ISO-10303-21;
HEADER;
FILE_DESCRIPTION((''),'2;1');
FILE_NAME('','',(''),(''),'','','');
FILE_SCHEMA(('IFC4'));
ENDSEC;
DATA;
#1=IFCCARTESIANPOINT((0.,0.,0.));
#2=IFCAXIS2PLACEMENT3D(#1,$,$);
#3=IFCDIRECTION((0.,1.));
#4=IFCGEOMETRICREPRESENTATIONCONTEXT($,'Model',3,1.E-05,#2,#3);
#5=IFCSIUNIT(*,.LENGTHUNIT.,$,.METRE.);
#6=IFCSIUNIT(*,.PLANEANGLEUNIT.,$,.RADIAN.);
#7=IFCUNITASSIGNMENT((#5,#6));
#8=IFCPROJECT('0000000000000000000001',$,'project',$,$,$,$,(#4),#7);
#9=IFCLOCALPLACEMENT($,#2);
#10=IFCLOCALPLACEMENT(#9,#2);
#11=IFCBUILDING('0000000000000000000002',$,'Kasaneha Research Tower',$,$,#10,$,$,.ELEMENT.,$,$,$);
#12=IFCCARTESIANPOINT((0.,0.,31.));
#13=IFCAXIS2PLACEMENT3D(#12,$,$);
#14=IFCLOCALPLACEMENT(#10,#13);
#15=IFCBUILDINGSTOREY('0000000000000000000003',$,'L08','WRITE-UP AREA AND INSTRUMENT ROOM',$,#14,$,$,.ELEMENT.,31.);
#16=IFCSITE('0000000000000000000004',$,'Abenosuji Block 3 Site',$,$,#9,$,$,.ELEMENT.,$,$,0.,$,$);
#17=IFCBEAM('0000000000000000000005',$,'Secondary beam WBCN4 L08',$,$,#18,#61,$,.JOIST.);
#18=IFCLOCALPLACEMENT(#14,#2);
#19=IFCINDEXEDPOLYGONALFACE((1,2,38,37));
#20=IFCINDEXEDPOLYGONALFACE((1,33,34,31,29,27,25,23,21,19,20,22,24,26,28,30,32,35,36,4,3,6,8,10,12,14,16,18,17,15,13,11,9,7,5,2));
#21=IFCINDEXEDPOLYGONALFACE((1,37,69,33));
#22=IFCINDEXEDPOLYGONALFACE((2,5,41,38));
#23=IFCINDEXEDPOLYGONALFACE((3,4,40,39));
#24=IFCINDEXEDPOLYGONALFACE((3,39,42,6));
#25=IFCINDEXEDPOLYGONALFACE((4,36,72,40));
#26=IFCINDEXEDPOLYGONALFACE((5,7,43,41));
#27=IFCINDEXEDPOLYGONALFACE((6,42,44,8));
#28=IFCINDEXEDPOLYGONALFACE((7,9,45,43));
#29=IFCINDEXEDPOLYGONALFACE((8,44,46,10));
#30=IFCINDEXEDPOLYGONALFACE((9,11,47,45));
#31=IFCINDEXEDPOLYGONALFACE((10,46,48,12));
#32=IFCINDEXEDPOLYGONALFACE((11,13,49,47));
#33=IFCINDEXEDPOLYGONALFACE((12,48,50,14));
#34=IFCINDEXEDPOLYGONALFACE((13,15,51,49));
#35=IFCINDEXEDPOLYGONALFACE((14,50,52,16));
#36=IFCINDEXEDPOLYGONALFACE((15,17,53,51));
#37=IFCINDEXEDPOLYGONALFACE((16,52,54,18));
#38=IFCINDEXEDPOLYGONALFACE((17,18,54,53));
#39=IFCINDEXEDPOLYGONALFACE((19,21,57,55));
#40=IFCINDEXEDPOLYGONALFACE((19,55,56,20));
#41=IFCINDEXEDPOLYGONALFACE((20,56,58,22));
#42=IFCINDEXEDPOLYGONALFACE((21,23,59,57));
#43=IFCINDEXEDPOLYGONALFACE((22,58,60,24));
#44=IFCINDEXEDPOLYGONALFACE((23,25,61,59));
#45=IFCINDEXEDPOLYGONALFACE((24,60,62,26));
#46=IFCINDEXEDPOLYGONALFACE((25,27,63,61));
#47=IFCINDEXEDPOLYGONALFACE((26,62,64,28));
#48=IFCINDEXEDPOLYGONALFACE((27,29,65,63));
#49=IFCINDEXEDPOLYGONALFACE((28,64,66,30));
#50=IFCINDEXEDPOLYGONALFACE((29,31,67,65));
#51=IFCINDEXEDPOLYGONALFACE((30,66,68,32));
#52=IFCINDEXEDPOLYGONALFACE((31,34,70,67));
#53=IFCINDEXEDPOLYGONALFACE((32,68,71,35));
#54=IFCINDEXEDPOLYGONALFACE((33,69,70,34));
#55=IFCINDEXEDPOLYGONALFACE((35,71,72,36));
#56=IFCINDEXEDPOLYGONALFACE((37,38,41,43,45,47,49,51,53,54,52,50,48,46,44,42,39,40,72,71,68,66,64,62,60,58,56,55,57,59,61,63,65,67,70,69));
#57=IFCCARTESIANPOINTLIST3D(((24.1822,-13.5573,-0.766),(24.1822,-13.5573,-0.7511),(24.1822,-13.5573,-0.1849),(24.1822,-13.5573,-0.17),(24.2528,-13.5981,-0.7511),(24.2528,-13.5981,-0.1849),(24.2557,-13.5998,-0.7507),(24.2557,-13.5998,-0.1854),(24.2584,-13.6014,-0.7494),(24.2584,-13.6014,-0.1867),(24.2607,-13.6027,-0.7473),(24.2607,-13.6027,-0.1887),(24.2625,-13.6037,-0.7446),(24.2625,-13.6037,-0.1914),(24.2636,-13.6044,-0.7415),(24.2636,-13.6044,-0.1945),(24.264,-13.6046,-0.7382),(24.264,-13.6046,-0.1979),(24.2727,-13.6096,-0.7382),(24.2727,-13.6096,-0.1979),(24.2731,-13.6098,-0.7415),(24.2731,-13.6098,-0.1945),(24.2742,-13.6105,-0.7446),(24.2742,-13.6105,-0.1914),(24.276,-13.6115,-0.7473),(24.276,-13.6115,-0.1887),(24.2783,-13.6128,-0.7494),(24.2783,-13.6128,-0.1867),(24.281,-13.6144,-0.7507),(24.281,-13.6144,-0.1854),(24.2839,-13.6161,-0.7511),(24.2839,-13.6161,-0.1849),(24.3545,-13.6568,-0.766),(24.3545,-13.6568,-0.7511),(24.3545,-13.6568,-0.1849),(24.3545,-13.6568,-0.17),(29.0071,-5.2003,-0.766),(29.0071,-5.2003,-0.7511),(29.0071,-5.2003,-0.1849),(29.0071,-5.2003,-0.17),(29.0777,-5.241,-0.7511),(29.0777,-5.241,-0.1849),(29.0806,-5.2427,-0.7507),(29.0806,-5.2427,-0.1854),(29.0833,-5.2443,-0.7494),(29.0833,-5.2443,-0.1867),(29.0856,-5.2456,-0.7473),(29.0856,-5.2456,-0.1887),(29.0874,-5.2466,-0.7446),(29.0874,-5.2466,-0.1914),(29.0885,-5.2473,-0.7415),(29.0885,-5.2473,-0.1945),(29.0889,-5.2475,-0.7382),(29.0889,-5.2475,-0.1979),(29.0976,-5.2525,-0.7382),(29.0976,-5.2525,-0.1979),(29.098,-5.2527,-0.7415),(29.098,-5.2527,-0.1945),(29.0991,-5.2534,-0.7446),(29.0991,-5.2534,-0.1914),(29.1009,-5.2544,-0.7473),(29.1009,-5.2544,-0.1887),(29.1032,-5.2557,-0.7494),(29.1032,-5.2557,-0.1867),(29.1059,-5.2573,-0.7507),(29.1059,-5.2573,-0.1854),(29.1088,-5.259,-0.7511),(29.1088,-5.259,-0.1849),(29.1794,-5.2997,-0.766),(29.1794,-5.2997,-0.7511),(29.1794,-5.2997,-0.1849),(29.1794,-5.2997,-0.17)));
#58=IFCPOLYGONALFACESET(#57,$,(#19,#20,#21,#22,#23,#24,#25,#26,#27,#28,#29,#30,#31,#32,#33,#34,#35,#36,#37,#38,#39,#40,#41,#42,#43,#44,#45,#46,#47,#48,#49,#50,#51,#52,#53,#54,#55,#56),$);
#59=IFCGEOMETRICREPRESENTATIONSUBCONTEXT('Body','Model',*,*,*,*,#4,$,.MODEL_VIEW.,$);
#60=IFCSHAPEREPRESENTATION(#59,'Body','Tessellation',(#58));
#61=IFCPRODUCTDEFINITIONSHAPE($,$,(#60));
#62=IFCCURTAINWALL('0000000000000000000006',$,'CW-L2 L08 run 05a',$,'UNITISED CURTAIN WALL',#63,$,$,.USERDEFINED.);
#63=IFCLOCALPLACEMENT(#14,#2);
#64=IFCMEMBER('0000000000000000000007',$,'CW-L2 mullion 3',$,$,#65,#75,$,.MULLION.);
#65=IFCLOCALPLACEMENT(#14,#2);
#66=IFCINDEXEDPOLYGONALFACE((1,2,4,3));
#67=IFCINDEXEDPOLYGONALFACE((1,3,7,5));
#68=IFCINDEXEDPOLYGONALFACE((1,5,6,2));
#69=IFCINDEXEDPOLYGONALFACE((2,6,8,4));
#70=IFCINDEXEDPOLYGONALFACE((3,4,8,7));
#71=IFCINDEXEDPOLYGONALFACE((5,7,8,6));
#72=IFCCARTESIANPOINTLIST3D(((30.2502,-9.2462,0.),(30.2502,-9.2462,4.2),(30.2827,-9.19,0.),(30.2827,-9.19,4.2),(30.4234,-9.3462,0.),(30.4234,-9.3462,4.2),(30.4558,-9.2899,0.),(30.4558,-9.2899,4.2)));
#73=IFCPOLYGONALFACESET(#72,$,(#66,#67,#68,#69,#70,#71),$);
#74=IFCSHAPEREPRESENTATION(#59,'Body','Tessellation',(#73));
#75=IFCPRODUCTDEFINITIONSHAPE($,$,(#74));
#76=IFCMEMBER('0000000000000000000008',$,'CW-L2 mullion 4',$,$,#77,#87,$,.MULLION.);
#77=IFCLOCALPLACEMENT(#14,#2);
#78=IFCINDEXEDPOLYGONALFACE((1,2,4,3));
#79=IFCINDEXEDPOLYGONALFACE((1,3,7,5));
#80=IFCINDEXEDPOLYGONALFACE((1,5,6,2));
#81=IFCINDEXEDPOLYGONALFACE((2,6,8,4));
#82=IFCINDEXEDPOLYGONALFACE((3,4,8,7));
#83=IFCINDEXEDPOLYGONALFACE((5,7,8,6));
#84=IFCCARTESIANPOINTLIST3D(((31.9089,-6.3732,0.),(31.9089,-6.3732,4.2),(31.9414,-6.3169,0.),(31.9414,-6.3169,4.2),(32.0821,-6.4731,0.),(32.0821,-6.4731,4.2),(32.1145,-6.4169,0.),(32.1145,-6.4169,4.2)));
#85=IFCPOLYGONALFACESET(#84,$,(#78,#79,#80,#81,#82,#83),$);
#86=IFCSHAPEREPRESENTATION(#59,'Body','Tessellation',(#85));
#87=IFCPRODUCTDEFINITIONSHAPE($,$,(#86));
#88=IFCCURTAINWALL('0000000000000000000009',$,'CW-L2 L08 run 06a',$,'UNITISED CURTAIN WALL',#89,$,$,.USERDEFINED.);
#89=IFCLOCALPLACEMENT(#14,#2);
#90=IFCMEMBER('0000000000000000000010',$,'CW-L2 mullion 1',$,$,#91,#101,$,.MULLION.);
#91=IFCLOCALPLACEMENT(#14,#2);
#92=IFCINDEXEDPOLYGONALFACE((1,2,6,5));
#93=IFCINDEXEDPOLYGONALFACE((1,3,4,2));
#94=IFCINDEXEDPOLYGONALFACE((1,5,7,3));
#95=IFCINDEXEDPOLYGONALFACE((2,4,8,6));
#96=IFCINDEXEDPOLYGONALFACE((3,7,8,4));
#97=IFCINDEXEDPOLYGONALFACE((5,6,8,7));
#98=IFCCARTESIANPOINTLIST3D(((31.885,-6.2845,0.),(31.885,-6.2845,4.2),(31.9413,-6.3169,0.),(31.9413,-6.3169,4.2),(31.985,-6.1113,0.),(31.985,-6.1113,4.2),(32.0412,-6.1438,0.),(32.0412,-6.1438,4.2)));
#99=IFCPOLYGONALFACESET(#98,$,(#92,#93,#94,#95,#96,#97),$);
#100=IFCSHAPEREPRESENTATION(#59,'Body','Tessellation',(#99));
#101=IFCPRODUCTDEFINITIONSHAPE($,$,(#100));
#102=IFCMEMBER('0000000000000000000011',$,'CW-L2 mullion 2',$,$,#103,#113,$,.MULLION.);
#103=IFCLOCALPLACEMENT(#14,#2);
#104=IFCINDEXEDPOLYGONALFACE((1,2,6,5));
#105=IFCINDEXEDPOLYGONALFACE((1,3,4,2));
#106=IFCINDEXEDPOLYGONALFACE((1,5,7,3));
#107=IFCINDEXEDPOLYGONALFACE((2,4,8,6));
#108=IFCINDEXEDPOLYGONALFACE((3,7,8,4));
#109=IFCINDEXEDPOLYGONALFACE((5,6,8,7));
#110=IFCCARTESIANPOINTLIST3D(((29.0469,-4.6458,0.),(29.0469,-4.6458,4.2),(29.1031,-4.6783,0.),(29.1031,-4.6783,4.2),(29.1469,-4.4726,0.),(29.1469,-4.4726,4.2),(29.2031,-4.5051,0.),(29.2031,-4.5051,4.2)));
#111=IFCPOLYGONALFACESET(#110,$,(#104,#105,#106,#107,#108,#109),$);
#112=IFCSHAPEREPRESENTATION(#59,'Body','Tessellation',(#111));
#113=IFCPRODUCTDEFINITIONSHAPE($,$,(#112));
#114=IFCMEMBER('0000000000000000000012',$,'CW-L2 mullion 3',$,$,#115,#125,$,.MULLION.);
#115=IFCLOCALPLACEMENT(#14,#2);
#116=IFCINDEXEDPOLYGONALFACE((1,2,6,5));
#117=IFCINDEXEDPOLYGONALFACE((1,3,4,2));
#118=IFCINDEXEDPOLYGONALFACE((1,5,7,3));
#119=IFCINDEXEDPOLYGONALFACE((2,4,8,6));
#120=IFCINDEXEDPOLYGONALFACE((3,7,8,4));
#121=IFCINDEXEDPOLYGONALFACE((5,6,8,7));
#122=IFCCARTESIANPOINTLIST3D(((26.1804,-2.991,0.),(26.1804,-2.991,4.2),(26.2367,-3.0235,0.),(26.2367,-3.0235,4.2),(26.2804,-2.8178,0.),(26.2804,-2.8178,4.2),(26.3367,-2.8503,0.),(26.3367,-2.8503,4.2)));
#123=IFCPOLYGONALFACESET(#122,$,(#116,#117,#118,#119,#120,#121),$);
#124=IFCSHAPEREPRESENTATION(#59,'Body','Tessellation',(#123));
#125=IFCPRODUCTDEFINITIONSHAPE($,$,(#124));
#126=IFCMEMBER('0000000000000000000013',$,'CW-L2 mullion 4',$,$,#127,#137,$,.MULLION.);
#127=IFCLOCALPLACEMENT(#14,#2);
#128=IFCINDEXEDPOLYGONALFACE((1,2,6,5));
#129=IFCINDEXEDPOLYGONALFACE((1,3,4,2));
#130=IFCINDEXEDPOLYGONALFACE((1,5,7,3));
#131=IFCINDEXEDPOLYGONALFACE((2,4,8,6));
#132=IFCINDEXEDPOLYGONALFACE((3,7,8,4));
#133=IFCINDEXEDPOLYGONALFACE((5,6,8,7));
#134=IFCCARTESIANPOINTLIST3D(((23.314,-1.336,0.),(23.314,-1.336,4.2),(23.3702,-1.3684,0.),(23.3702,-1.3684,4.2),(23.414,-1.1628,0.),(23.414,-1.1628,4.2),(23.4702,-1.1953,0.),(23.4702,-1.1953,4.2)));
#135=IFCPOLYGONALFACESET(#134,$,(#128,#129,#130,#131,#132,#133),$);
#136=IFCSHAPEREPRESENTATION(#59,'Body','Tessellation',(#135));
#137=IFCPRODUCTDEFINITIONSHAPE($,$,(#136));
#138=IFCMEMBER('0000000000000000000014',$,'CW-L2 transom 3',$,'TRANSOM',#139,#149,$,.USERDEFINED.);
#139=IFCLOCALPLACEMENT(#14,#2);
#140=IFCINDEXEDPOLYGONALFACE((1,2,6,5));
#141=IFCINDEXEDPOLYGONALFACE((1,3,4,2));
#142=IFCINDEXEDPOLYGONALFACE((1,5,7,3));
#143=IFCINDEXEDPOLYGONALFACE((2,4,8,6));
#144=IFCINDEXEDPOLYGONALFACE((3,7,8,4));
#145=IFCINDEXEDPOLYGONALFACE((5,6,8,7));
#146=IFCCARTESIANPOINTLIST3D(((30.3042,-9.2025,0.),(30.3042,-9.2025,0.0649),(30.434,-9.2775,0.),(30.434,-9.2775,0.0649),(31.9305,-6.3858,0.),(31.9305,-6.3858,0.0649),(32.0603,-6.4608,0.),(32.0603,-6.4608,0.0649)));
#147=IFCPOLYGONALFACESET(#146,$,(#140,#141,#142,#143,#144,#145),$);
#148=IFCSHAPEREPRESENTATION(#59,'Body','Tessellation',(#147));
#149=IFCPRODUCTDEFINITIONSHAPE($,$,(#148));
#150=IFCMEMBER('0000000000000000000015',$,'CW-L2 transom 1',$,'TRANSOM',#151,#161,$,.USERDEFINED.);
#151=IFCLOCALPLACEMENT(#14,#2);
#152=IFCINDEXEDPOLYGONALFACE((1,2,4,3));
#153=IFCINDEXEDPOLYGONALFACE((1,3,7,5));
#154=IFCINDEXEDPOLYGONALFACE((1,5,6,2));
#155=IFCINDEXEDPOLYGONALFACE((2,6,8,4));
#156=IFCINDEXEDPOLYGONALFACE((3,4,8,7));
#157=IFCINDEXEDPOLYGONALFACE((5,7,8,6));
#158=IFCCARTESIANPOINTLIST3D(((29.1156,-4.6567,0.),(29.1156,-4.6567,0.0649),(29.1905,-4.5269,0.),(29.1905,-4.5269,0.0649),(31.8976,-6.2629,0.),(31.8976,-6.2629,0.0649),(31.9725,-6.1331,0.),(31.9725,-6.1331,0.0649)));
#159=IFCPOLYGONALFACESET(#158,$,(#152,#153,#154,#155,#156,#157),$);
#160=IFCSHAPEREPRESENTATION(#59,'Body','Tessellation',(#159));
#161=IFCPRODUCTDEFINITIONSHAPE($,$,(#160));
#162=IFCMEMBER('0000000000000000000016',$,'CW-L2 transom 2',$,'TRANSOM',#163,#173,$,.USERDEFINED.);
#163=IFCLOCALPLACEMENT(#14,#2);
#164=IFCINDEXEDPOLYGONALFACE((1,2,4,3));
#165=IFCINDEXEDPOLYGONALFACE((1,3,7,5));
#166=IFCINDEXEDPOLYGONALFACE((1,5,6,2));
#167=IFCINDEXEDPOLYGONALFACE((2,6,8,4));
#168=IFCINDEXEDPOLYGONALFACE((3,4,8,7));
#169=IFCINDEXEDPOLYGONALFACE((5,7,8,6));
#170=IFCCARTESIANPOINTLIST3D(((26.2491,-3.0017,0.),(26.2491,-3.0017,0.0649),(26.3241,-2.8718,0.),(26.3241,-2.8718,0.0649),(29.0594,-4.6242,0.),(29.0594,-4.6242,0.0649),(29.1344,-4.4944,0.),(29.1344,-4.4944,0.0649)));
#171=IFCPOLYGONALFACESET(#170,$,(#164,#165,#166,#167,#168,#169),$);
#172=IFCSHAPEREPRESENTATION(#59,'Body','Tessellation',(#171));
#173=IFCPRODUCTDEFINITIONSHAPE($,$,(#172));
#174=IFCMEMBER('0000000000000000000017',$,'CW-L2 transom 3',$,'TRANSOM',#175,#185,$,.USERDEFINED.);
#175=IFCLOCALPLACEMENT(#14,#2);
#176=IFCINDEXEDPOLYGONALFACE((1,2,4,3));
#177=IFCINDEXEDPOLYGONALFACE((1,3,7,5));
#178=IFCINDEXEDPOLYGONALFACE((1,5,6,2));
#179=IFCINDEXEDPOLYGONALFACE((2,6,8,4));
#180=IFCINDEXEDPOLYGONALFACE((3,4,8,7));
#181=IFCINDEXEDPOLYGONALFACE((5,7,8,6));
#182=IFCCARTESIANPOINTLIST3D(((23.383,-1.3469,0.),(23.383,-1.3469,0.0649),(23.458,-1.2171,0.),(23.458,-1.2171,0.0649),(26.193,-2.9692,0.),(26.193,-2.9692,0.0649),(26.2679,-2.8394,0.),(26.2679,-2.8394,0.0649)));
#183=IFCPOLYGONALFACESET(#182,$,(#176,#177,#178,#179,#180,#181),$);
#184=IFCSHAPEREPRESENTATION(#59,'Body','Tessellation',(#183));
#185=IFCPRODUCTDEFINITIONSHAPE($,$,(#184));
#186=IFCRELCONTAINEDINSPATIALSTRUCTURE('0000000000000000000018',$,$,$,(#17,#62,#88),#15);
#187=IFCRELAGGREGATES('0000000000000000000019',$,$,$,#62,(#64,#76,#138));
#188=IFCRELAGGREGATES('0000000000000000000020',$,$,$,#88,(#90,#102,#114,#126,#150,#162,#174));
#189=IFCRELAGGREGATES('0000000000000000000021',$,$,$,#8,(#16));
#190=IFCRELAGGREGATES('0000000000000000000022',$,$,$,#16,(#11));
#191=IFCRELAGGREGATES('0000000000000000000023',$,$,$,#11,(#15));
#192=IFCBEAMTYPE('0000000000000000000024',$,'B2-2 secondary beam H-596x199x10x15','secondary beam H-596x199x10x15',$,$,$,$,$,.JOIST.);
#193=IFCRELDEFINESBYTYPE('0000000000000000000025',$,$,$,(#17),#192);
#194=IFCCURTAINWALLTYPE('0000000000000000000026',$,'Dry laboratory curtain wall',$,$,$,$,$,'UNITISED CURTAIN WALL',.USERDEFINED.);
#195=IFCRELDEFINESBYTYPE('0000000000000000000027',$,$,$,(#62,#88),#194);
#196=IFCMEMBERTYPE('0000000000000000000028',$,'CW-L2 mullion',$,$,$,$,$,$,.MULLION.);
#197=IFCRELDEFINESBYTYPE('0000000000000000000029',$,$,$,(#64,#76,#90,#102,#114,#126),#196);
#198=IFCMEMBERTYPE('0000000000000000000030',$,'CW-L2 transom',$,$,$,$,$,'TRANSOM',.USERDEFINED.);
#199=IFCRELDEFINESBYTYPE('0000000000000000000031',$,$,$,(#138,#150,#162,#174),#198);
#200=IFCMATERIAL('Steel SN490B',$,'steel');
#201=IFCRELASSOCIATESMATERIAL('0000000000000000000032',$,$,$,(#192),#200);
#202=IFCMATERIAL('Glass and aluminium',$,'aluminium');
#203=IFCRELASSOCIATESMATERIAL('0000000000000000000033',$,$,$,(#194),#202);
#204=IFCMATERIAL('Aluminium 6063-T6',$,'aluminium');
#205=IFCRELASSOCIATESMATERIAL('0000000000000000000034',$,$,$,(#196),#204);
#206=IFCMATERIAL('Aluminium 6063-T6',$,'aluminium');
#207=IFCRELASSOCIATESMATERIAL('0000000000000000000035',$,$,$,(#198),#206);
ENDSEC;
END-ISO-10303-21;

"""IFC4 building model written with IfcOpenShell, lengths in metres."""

from ifc_helpers import new_model, si_unit, direction, frame, origin, origin_2d, place, context, subcontext, project, spatial, rectangle, i_section, extrude, material, material_profile, profile_set, type_object, element, aggregate, save


model = new_model("IFC4")

# Units and contexts
model_context = context("Model", 3, precision=1e-05, world=origin(), true_north=direction((0.0, 1.0)))
body_context = subcontext(model_context, "Body", "Model", "MODEL_VIEW")
ifc_project = project(units=[si_unit("LENGTHUNIT", "METRE"), si_unit("PLANEANGLEUNIT", "RADIAN")], contexts=[model_context])

# Site, building, storey
site_placement = place(None, origin())
site = spatial("IfcSite", under=ifc_project, at=site_placement, Name="Abenosuji Block 3 Site", CompositionType="ELEMENT", RefElevation=0.0)
building_placement = place(site_placement, origin())
building = spatial("IfcBuilding", under=site, at=building_placement, Name="Kasaneha Research Tower", CompositionType="ELEMENT")
storey_placement = place(building_placement, frame((0.0, 0.0, 31.0)))
storey = spatial("IfcBuildingStorey", under=building, at=storey_placement, Name="L08", Description="WRITE-UP AREA AND INSTRUMENT ROOM", CompositionType="ELEMENT", Elevation=31.0)

# Beam
ifc_material_1 = material(Name="Steel SN490B", Category="steel")
ifc_material_profile_1 = material_profile(ifc_material_1, i_section(OverallWidth=0.199, OverallDepth=0.5959, WebThickness=0.01, FlangeThickness=0.0149, FilletRadius=0.0129, at=origin_2d()), Name="H-596x199x10x15")
ifc_profile_set_1 = profile_set([ifc_material_profile_1], Name="Steel SN490B")
beam_type_1 = type_object("IfcBeamType", Name="B2-2 secondary beam H-596x199x10x15", Description="secondary beam H-596x199x10x15", PredefinedType="JOIST", material=ifc_profile_set_1)
for number, where, z_axis, x_axis, name in (
    (1, (29.0933, -5.25, -0.468), (-0.499995, -0.866028, 0.0), (0.866028, -0.499995, 0.0), "Secondary beam WBCN4 L08"),
):
    element("IfcBeam", number, at=place(storey_placement, frame(where, z_axis=z_axis, x_axis=x_axis)), inside=storey, type_object=beam_type_1, Name=name, PredefinedType="JOIST", context=body_context, shape_type="SweptSolid", body=[
        extrude(i_section(OverallWidth=0.199, OverallDepth=0.5959, WebThickness=0.01, FlangeThickness=0.0149, FilletRadius=0.0129, at=origin_2d()), origin(), (0.0, 0.0, 1.0), 9.6499),
    ])

# Curtain walls, members
ifc_material_2 = material(Name="Glass and aluminium", Category="aluminium")
curtain_wall_type = type_object("IfcCurtainWallType", Name="Dry laboratory curtain wall", ElementType="UNITISED CURTAIN WALL", PredefinedType="USERDEFINED", material=ifc_material_2)
curtain_wall_1_placement = place(storey_placement, origin())
curtain_wall_1 = element("IfcCurtainWall", 2, at=curtain_wall_1_placement, inside=storey, type_object=curtain_wall_type, Name="CW-L2 L08 run 05a", ObjectType="UNITISED CURTAIN WALL", PredefinedType="USERDEFINED")
ifc_material_3 = material(Name="Aluminium 6063-T6", Category="aluminium")
ifc_material_profile_2 = material_profile(ifc_material_3, rectangle(XDim=0.0649, YDim=0.2, at=origin_2d()), Name="CW-L2 mullion 65x200")
ifc_profile_set_2 = profile_set([ifc_material_profile_2], Name="Aluminium 6063-T6")
member_type_1 = type_object("IfcMemberType", Name="CW-L2 mullion", PredefinedType="MULLION", material=ifc_profile_set_2)
member_1_placement = place(storey_placement, frame((30.353, -9.2681, 0.0), z_axis=(0.0, 0.0, 1.0), x_axis=(0.5, 0.866025, 0.0)))
member_1 = element("IfcMember", 3, at=member_1_placement, type_object=member_type_1, Name="CW-L2 mullion 3", PredefinedType="MULLION", context=body_context, shape_type="SweptSolid", body=[
    extrude(rectangle(XDim=0.0649, YDim=0.2, at=origin_2d()), origin(), (0.0, 0.0, 1.0), 4.2),
])
member_2_placement = place(storey_placement, frame((32.0117, -6.395, 0.0), z_axis=(0.0, 0.0, 1.0), x_axis=(0.5, 0.866025, 0.0)))
member_2 = element("IfcMember", 4, at=member_2_placement, type_object=member_type_1, Name="CW-L2 mullion 4", PredefinedType="MULLION", context=body_context, shape_type="SweptSolid", body=[
    extrude(rectangle(XDim=0.0649, YDim=0.2, at=origin_2d()), origin(), (0.0, 0.0, 1.0), 4.2),
])
curtain_wall_2_placement = place(storey_placement, origin())
curtain_wall_2 = element("IfcCurtainWall", 5, at=curtain_wall_2_placement, inside=storey, type_object=curtain_wall_type, Name="CW-L2 L08 run 06a", ObjectType="UNITISED CURTAIN WALL", PredefinedType="USERDEFINED")
member_3_placement = place(storey_placement, frame((31.9631, -6.2141, 0.0), z_axis=(0.0, 0.0, 1.0), x_axis=(-0.866025, 0.5, 0.0)))
member_3 = element("IfcMember", 6, at=member_3_placement, type_object=member_type_1, Name="CW-L2 mullion 1", PredefinedType="MULLION", context=body_context, shape_type="SweptSolid", body=[
    extrude(rectangle(XDim=0.0649, YDim=0.2, at=origin_2d()), origin(), (0.0, 0.0, 1.0), 4.2),
])
member_4_placement = place(storey_placement, frame((29.125, -4.5754, 0.0), z_axis=(0.0, 0.0, 1.0), x_axis=(-0.866025, 0.5, 0.0)))
member_4 = element("IfcMember", 7, at=member_4_placement, type_object=member_type_1, Name="CW-L2 mullion 2", PredefinedType="MULLION", context=body_context, shape_type="SweptSolid", body=[
    extrude(rectangle(XDim=0.0649, YDim=0.2, at=origin_2d()), origin(), (0.0, 0.0, 1.0), 4.2),
])
member_5_placement = place(storey_placement, frame((26.2585, -2.9207, 0.0), z_axis=(0.0, 0.0, 1.0), x_axis=(-0.866025, 0.5, 0.0)))
member_5 = element("IfcMember", 8, at=member_5_placement, type_object=member_type_1, Name="CW-L2 mullion 3", PredefinedType="MULLION", context=body_context, shape_type="SweptSolid", body=[
    extrude(rectangle(XDim=0.0649, YDim=0.2, at=origin_2d()), origin(), (0.0, 0.0, 1.0), 4.2),
])
member_6_placement = place(storey_placement, frame((23.3921, -1.2656, 0.0), z_axis=(0.0, 0.0, 1.0), x_axis=(-0.866025, 0.5, 0.0)))
member_6 = element("IfcMember", 9, at=member_6_placement, type_object=member_type_1, Name="CW-L2 mullion 4", PredefinedType="MULLION", context=body_context, shape_type="SweptSolid", body=[
    extrude(rectangle(XDim=0.0649, YDim=0.2, at=origin_2d()), origin(), (0.0, 0.0, 1.0), 4.2),
])

# Members
ifc_material_4 = material(Name="Aluminium 6063-T6", Category="aluminium")
ifc_material_profile_3 = material_profile(ifc_material_4, rectangle(XDim=0.1499, YDim=0.0649, at=origin_2d()), Name="CW-L2 transom 150x65")
ifc_profile_set_3 = profile_set([ifc_material_profile_3], Name="Aluminium 6063-T6")
member_type_2 = type_object("IfcMemberType", Name="CW-L2 transom", ElementType="TRANSOM", PredefinedType="USERDEFINED", material=ifc_profile_set_3)
member_7_placement = place(storey_placement, frame((30.3691, -9.24, 0.0325), z_axis=(0.500006, 0.866022, 0.0), x_axis=(-0.866022, 0.500006, 0.0)))
member_7 = element("IfcMember", 10, at=member_7_placement, type_object=member_type_2, Name="CW-L2 transom 3", ObjectType="TRANSOM", PredefinedType="USERDEFINED", context=body_context, shape_type="SweptSolid", body=[
    extrude(rectangle(XDim=0.1499, YDim=0.0649, at=origin_2d()), origin(), (0.0, 0.0, 1.0), 3.2524),
])
member_8_placement = place(storey_placement, frame((31.9351, -6.198, 0.0325), z_axis=(-0.866022, 0.500005, 0.0), x_axis=(-0.500005, -0.866022, 0.0)))
member_8 = element("IfcMember", 11, at=member_8_placement, type_object=member_type_2, Name="CW-L2 transom 1", ObjectType="TRANSOM", PredefinedType="USERDEFINED", context=body_context, shape_type="SweptSolid", body=[
    extrude(rectangle(XDim=0.1499, YDim=0.0649, at=origin_2d()), origin(), (0.0, 0.0, 1.0), 3.2124),
])
member_9_placement = place(storey_placement, frame((29.0969, -4.5593, 0.0325), z_axis=(-0.866021, 0.500007, 0.0), x_axis=(-0.500007, -0.866021, 0.0)))
member_9 = element("IfcMember", 12, at=member_9_placement, type_object=member_type_2, Name="CW-L2 transom 2", ObjectType="TRANSOM", PredefinedType="USERDEFINED", context=body_context, shape_type="SweptSolid", body=[
    extrude(rectangle(XDim=0.1499, YDim=0.0649, at=origin_2d()), origin(), (0.0, 0.0, 1.0), 3.2451),
])
member_10_placement = place(storey_placement, frame((26.2305, -2.9043, 0.0325), z_axis=(-0.866035, 0.499983, 0.0), x_axis=(-0.499983, -0.866035, 0.0)))
member_10 = element("IfcMember", 13, at=member_10_placement, type_object=member_type_2, Name="CW-L2 transom 3", ObjectType="TRANSOM", PredefinedType="USERDEFINED", context=body_context, shape_type="SweptSolid", body=[
    extrude(rectangle(XDim=0.1499, YDim=0.0649, at=origin_2d()), origin(), (0.0, 0.0, 1.0), 3.2446),
])

aggregate(curtain_wall_1, [member_1, member_2, member_7])
aggregate(curtain_wall_2, [member_3, member_4, member_5, member_6, member_8, member_9, member_10])

save(model, "model.ifc")
